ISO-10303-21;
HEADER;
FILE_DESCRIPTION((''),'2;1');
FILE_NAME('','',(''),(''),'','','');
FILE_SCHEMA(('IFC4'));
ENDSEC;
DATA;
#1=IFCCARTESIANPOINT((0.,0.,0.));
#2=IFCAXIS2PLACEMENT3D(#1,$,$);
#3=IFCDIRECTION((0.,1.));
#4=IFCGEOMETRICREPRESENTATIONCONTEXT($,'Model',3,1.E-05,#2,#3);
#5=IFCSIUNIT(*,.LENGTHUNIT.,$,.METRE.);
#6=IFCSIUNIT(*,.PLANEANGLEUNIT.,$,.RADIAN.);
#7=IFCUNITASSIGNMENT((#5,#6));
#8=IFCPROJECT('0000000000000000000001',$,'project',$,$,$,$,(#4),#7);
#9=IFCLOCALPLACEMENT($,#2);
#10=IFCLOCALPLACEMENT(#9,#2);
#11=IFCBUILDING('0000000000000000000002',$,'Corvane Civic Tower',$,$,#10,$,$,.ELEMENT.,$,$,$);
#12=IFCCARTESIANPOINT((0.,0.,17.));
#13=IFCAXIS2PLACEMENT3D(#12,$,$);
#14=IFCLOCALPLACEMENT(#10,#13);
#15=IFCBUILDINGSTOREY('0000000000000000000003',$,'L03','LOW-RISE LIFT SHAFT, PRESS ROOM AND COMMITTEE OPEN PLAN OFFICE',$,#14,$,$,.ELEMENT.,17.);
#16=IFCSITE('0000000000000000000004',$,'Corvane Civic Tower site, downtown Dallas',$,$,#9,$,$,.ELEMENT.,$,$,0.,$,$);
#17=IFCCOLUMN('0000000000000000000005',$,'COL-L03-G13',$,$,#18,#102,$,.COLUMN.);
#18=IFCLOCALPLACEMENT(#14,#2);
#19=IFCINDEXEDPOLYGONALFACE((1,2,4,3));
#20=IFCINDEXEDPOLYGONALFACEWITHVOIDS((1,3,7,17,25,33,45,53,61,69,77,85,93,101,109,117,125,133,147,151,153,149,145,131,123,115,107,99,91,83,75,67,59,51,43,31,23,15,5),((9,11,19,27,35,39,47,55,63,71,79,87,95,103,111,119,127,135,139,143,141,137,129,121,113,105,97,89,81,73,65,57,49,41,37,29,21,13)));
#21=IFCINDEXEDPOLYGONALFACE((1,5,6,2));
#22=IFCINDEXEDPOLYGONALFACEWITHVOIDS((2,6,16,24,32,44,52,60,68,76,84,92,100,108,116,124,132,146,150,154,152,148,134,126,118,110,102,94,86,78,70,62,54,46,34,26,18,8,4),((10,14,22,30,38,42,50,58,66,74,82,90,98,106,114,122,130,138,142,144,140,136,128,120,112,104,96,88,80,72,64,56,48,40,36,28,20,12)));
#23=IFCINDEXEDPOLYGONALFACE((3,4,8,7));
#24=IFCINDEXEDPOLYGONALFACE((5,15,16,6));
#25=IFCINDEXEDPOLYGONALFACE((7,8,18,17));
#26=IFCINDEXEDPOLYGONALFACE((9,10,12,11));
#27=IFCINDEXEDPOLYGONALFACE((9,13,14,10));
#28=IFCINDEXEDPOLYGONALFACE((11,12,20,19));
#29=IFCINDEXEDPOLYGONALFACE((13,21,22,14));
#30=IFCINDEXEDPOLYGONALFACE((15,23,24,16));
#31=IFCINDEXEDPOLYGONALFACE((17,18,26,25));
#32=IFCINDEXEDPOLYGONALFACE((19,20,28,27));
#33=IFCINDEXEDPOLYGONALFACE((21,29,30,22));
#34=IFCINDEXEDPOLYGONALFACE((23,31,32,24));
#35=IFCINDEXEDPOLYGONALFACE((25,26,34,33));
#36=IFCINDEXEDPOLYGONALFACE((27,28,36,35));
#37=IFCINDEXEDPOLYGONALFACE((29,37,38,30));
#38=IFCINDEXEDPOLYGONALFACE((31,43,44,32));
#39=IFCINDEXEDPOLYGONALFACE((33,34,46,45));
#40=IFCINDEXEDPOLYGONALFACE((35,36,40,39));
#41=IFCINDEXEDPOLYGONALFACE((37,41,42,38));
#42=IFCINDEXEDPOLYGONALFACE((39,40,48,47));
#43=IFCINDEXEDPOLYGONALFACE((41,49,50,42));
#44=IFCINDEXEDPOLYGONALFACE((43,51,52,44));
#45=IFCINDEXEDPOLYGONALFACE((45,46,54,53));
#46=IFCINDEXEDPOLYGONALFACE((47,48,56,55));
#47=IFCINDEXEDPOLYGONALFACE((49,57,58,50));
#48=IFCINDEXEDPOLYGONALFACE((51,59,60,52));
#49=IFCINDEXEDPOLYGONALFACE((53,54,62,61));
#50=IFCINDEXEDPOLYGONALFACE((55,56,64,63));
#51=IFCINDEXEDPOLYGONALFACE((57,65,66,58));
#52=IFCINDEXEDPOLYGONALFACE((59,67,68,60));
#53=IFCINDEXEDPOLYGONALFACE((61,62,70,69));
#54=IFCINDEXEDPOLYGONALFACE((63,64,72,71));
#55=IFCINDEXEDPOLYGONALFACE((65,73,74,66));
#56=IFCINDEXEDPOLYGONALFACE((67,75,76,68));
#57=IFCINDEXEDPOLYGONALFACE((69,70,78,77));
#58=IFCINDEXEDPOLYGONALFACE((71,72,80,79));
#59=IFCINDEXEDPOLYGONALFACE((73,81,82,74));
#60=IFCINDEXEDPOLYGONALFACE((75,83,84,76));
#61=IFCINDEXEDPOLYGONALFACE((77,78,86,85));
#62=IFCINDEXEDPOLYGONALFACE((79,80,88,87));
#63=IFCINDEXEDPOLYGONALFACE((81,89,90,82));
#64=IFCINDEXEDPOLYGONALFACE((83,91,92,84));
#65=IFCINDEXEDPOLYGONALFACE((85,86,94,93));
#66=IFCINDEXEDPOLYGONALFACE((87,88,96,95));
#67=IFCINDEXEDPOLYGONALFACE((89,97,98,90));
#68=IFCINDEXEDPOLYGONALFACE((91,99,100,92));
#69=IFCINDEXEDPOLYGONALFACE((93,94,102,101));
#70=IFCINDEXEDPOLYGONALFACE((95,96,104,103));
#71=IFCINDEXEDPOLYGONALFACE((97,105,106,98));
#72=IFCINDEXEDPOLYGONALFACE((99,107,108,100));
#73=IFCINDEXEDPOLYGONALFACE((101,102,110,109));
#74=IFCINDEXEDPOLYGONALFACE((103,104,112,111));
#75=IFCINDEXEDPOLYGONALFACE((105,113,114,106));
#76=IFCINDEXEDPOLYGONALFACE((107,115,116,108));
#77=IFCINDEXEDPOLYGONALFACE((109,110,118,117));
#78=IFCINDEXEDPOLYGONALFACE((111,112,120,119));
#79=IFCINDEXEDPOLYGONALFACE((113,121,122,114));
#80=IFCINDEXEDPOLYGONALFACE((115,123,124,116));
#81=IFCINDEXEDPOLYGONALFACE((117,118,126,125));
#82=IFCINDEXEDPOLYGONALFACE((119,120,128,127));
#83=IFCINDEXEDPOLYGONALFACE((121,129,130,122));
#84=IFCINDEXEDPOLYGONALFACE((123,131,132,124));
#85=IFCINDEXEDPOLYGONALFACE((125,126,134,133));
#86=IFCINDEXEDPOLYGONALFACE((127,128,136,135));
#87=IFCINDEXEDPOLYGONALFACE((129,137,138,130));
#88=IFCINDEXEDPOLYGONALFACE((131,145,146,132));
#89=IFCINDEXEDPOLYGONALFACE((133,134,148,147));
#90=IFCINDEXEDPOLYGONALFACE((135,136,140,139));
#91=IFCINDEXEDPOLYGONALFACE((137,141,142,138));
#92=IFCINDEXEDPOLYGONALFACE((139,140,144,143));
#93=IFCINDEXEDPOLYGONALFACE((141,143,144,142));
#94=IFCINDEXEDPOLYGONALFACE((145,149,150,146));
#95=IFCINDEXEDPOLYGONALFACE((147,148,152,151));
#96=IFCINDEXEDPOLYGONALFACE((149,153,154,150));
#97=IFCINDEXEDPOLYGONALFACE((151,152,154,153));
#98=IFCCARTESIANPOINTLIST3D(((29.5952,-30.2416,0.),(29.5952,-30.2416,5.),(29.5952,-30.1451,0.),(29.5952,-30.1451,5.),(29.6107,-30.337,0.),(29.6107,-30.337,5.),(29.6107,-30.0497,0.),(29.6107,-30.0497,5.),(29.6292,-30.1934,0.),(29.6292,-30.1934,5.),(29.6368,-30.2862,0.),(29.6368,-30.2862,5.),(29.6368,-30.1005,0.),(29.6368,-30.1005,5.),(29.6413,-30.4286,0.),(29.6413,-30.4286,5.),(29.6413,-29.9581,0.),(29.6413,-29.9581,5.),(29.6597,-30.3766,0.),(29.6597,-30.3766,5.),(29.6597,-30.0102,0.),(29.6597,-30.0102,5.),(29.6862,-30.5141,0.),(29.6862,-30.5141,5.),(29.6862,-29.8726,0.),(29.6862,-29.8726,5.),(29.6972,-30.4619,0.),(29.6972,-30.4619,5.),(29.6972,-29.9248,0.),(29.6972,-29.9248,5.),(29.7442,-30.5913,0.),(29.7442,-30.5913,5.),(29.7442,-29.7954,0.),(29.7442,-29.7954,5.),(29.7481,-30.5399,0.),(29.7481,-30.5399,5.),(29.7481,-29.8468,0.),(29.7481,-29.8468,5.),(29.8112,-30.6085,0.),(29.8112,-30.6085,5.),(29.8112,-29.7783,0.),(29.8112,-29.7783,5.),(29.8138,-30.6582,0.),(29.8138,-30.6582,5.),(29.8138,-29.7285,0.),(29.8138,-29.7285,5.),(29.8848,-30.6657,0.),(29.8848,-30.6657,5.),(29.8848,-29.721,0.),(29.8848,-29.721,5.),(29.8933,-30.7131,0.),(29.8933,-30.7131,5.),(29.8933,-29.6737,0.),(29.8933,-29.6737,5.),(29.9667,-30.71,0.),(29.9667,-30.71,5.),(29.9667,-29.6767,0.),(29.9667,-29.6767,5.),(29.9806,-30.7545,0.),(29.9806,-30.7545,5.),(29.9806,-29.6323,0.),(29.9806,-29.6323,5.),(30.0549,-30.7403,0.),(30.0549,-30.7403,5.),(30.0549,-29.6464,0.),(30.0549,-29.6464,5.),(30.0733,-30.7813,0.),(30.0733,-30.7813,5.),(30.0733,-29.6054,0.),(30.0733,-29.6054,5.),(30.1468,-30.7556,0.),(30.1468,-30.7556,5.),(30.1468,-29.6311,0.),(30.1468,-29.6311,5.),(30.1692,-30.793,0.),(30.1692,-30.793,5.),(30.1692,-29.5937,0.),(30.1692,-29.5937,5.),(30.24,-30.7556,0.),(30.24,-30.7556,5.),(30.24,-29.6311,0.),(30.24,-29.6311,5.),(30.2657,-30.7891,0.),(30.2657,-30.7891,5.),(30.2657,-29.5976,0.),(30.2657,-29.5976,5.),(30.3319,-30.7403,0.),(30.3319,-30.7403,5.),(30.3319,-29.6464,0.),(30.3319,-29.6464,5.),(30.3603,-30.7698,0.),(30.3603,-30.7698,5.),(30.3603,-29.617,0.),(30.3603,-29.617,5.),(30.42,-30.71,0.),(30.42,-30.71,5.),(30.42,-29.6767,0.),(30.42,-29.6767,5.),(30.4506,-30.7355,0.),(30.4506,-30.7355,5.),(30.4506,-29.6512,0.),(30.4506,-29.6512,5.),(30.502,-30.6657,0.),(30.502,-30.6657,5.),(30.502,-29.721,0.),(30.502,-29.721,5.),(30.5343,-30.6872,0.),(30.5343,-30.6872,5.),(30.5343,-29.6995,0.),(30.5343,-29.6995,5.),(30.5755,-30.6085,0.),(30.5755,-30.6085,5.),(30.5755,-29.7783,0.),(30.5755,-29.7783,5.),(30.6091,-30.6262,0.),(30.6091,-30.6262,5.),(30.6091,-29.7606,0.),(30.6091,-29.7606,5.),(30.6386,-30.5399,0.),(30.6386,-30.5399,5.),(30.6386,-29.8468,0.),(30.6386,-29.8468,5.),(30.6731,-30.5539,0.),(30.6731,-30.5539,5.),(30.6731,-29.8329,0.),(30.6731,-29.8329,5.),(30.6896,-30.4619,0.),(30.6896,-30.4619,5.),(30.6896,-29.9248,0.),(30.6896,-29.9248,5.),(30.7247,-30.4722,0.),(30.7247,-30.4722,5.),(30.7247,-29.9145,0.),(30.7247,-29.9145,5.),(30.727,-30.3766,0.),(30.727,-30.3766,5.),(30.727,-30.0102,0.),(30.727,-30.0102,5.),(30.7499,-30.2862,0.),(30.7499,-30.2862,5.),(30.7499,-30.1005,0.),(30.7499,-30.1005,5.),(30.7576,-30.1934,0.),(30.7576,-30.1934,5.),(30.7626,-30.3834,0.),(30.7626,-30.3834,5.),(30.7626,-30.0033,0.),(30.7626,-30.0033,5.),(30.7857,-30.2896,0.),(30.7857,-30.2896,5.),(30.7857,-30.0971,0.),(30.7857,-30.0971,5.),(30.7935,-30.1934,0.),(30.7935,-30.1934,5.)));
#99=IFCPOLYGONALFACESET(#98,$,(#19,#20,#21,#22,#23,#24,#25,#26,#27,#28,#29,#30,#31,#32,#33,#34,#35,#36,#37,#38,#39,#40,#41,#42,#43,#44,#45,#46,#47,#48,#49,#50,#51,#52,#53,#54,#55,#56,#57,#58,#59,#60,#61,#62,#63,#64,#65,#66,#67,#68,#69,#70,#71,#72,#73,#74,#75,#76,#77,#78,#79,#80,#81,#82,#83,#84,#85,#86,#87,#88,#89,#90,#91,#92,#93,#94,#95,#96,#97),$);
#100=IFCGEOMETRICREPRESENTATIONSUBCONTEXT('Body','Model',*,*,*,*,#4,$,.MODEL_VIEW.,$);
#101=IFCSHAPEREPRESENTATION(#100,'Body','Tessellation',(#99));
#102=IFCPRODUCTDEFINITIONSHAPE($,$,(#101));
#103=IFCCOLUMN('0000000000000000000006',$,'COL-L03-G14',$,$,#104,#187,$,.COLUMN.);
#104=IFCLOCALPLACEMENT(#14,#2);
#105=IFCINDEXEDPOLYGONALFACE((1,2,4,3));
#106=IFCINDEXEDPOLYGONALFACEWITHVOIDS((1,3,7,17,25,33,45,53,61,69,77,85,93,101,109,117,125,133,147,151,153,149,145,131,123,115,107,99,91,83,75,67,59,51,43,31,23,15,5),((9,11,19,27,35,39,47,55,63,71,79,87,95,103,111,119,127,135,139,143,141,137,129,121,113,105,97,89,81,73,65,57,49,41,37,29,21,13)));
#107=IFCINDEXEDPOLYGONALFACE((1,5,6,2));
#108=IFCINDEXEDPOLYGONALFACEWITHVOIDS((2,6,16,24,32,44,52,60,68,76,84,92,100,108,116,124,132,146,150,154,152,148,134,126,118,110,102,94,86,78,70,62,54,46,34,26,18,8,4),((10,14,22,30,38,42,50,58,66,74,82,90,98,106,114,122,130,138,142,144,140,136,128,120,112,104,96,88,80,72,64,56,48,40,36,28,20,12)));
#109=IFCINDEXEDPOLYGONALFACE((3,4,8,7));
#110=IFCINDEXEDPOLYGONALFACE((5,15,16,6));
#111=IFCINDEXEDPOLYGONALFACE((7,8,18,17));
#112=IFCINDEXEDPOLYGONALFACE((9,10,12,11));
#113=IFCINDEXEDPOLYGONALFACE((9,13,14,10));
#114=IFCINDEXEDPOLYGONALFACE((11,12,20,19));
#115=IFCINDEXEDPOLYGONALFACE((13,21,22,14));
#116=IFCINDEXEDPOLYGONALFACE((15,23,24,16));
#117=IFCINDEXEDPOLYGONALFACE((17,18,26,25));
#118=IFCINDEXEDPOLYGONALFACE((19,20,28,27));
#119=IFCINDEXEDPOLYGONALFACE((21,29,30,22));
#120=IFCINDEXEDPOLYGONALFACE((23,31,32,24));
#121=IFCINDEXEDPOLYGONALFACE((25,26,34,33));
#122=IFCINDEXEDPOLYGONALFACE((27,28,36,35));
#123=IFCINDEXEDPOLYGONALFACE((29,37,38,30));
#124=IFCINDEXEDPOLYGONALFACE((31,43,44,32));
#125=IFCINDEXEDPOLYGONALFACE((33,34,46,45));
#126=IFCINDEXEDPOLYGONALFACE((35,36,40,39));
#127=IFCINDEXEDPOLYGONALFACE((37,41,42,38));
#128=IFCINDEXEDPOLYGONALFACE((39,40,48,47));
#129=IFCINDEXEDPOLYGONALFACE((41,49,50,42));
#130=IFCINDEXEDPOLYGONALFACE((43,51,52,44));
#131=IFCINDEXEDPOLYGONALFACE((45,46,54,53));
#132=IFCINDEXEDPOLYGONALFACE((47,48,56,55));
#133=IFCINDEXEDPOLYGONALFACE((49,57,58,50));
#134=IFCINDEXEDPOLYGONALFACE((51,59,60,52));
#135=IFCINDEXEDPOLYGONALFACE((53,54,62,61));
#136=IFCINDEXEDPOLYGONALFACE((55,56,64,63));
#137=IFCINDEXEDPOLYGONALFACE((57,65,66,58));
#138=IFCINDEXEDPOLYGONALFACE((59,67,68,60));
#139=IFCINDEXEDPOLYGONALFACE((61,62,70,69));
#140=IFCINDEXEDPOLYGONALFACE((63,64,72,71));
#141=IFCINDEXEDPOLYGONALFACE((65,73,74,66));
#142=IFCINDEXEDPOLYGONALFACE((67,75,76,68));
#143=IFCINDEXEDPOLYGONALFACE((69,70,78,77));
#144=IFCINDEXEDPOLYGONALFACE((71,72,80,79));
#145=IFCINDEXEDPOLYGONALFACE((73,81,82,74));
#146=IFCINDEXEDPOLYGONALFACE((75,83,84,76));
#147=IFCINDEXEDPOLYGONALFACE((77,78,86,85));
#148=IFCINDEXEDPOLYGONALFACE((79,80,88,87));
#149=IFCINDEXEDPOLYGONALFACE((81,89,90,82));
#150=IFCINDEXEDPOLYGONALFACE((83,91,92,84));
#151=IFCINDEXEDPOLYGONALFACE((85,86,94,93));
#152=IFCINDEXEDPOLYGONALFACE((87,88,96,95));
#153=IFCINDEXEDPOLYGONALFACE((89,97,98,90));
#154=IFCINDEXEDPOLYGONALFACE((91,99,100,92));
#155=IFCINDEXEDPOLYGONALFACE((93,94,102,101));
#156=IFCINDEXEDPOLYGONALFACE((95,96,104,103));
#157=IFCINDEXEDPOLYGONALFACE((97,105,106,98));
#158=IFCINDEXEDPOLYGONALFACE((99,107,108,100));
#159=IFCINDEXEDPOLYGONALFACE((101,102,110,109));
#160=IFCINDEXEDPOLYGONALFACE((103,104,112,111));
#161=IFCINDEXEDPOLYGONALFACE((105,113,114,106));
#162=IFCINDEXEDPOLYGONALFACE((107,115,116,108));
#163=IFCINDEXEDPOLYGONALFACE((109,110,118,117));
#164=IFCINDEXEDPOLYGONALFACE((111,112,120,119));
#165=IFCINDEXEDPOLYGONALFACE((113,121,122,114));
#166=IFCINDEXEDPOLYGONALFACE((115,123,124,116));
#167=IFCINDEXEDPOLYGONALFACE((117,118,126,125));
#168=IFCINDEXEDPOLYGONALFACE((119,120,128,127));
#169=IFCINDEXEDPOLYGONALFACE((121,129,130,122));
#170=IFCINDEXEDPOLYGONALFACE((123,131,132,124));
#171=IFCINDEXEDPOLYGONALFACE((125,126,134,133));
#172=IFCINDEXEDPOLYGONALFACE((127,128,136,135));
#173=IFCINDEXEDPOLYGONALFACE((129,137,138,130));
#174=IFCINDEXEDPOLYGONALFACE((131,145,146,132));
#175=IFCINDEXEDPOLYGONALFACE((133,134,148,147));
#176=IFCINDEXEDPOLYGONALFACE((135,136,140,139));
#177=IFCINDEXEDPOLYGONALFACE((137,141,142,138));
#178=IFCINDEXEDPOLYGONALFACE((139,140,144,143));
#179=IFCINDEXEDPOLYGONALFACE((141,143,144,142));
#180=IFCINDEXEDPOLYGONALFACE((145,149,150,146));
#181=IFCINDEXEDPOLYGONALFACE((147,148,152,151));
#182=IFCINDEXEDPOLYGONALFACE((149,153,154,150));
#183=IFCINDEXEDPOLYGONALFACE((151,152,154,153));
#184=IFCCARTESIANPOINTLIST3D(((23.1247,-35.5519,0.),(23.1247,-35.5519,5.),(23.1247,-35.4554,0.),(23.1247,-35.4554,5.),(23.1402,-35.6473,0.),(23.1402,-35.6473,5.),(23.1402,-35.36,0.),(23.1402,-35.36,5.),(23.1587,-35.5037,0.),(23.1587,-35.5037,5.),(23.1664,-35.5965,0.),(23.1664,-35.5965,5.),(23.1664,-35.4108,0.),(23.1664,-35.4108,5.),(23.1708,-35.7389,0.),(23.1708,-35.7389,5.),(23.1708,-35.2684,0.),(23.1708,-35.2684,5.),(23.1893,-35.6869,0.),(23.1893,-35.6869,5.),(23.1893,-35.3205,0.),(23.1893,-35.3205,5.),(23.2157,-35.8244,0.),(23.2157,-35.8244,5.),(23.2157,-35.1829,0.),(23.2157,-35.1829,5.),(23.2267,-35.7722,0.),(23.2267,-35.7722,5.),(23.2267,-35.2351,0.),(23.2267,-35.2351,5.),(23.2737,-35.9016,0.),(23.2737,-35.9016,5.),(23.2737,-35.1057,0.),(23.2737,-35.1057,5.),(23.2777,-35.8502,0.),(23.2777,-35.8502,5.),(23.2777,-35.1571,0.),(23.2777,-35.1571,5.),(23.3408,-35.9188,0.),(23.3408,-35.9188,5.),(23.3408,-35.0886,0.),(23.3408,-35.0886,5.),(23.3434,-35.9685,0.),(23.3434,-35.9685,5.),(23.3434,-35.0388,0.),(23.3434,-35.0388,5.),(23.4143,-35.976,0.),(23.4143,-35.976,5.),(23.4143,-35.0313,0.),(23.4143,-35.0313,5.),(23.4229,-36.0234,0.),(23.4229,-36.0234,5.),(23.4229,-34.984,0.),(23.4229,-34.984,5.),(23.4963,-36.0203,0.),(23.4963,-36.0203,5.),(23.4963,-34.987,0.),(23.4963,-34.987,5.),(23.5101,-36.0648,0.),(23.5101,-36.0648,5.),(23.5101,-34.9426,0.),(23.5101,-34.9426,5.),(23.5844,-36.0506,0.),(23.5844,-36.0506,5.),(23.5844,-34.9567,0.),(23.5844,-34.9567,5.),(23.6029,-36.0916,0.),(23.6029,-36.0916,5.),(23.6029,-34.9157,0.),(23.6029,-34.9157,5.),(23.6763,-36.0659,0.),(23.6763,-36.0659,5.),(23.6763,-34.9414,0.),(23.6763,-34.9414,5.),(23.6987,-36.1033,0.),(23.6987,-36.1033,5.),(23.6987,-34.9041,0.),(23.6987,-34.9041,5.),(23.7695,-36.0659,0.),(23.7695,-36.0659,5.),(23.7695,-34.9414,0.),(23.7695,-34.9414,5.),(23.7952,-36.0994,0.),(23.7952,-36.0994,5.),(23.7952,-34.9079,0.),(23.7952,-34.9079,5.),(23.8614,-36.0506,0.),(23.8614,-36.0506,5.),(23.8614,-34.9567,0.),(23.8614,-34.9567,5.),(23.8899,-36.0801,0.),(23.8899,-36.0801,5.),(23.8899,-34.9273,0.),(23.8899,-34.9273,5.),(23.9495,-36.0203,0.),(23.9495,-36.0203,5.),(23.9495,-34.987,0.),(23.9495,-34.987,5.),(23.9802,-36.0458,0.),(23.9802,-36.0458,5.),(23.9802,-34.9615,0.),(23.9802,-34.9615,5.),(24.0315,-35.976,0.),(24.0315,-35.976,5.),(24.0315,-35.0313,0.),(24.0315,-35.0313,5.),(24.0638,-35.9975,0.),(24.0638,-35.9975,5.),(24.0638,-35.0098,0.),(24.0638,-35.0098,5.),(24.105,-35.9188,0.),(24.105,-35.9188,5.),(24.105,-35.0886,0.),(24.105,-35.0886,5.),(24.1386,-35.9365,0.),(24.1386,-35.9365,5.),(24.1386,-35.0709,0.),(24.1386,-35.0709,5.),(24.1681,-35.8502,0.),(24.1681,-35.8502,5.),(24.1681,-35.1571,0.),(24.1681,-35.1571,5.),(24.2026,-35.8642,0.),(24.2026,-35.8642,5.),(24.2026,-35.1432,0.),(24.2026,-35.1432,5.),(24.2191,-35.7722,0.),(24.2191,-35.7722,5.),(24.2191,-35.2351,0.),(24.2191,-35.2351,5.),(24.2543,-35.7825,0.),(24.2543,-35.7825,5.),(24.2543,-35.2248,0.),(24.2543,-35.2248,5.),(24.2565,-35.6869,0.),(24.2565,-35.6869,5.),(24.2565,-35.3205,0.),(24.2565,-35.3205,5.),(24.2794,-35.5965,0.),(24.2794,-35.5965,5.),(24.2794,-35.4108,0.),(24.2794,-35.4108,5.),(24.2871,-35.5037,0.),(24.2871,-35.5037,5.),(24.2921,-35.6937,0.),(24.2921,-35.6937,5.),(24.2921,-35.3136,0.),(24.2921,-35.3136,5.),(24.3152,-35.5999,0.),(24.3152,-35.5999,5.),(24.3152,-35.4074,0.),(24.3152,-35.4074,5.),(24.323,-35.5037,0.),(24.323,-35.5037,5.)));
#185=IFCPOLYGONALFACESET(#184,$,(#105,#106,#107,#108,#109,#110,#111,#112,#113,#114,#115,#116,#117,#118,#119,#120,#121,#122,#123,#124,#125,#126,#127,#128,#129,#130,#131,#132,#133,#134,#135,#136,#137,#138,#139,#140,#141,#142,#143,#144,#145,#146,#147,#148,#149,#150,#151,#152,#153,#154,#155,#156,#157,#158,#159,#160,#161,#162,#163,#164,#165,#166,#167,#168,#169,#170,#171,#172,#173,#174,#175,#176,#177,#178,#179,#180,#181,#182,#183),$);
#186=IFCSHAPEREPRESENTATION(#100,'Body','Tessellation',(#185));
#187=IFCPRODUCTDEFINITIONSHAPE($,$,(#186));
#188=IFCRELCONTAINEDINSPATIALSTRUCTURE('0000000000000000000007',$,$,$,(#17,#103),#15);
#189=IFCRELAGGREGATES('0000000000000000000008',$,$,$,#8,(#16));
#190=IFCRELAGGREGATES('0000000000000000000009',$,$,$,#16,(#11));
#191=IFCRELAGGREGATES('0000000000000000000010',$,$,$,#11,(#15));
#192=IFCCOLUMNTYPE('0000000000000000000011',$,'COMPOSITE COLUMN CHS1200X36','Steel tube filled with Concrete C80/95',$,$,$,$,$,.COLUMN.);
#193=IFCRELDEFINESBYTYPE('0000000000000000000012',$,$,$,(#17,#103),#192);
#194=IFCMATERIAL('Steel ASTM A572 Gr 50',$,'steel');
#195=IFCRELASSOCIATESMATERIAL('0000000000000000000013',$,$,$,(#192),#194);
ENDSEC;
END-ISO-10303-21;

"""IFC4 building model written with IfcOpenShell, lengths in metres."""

from ifc_helpers import new_model, si_unit, direction, frame, origin, origin_2d, place, context, subcontext, project, spatial, hollow_circle, extrude, material, material_profile, profile_set, type_object, element, save


model = new_model("IFC4")

# Units and contexts
model_context = context("Model", 3, precision=1e-05, world=origin(), true_north=direction((0.0, 1.0)))
body_context = subcontext(model_context, "Body", "Model", "MODEL_VIEW")
ifc_project = project(units=[si_unit("LENGTHUNIT", "METRE"), si_unit("PLANEANGLEUNIT", "RADIAN")], contexts=[model_context])

# Site, building, storey
site_placement = place(None, origin())
site = spatial("IfcSite", under=ifc_project, at=site_placement, Name="Corvane Civic Tower site, downtown Dallas", CompositionType="ELEMENT", RefElevation=0.0)
building_placement = place(site_placement, origin())
building = spatial("IfcBuilding", under=site, at=building_placement, Name="Corvane Civic Tower", CompositionType="ELEMENT")
storey_placement = place(building_placement, frame((0.0, 0.0, 17.0)))
storey = spatial("IfcBuildingStorey", under=building, at=storey_placement, Name="L03", Description="LOW-RISE LIFT SHAFT, PRESS ROOM AND COMMITTEE OPEN PLAN OFFICE", CompositionType="ELEMENT", Elevation=17.0)

# Columns
ifc_material_1 = material(Name="Steel ASTM A572 Gr 50", Category="steel")
ifc_material_profile_1 = material_profile(ifc_material_1, hollow_circle(Radius=0.6001, WallThickness=0.0359, at=origin_2d()), Name="CHS1200X36")
ifc_profile_set_1 = profile_set([ifc_material_profile_1], Name="Steel ASTM A572 Gr 50")
column_type_1 = type_object("IfcColumnType", Name="COMPOSITE COLUMN CHS1200X36", Description="Steel tube filled with Concrete C80/95", PredefinedType="COLUMN", material=ifc_profile_set_1)
for number, where, z_axis, x_axis, name in (
    (1, (30.1934, -30.1934, 0.0), (0.0, 0.0, 1.0), (1.0, 0.0, 0.0), "COL-L03-G13"),
    (2, (23.7229, -35.5037, 0.0), (0.0, 0.0, 1.0), (1.0, 0.0, 0.0), "COL-L03-G14"),
):
    element("IfcColumn", number, at=place(storey_placement, frame(where, z_axis=z_axis, x_axis=x_axis)), inside=storey, type_object=column_type_1, Name=name, PredefinedType="COLUMN", context=body_context, shape_type="SweptSolid", body=[
        extrude(hollow_circle(Radius=0.6001, WallThickness=0.0359, at=origin_2d()), origin(), (0.0, 0.0, 1.0), 5.0),
    ])

save(model, "model.ifc")
